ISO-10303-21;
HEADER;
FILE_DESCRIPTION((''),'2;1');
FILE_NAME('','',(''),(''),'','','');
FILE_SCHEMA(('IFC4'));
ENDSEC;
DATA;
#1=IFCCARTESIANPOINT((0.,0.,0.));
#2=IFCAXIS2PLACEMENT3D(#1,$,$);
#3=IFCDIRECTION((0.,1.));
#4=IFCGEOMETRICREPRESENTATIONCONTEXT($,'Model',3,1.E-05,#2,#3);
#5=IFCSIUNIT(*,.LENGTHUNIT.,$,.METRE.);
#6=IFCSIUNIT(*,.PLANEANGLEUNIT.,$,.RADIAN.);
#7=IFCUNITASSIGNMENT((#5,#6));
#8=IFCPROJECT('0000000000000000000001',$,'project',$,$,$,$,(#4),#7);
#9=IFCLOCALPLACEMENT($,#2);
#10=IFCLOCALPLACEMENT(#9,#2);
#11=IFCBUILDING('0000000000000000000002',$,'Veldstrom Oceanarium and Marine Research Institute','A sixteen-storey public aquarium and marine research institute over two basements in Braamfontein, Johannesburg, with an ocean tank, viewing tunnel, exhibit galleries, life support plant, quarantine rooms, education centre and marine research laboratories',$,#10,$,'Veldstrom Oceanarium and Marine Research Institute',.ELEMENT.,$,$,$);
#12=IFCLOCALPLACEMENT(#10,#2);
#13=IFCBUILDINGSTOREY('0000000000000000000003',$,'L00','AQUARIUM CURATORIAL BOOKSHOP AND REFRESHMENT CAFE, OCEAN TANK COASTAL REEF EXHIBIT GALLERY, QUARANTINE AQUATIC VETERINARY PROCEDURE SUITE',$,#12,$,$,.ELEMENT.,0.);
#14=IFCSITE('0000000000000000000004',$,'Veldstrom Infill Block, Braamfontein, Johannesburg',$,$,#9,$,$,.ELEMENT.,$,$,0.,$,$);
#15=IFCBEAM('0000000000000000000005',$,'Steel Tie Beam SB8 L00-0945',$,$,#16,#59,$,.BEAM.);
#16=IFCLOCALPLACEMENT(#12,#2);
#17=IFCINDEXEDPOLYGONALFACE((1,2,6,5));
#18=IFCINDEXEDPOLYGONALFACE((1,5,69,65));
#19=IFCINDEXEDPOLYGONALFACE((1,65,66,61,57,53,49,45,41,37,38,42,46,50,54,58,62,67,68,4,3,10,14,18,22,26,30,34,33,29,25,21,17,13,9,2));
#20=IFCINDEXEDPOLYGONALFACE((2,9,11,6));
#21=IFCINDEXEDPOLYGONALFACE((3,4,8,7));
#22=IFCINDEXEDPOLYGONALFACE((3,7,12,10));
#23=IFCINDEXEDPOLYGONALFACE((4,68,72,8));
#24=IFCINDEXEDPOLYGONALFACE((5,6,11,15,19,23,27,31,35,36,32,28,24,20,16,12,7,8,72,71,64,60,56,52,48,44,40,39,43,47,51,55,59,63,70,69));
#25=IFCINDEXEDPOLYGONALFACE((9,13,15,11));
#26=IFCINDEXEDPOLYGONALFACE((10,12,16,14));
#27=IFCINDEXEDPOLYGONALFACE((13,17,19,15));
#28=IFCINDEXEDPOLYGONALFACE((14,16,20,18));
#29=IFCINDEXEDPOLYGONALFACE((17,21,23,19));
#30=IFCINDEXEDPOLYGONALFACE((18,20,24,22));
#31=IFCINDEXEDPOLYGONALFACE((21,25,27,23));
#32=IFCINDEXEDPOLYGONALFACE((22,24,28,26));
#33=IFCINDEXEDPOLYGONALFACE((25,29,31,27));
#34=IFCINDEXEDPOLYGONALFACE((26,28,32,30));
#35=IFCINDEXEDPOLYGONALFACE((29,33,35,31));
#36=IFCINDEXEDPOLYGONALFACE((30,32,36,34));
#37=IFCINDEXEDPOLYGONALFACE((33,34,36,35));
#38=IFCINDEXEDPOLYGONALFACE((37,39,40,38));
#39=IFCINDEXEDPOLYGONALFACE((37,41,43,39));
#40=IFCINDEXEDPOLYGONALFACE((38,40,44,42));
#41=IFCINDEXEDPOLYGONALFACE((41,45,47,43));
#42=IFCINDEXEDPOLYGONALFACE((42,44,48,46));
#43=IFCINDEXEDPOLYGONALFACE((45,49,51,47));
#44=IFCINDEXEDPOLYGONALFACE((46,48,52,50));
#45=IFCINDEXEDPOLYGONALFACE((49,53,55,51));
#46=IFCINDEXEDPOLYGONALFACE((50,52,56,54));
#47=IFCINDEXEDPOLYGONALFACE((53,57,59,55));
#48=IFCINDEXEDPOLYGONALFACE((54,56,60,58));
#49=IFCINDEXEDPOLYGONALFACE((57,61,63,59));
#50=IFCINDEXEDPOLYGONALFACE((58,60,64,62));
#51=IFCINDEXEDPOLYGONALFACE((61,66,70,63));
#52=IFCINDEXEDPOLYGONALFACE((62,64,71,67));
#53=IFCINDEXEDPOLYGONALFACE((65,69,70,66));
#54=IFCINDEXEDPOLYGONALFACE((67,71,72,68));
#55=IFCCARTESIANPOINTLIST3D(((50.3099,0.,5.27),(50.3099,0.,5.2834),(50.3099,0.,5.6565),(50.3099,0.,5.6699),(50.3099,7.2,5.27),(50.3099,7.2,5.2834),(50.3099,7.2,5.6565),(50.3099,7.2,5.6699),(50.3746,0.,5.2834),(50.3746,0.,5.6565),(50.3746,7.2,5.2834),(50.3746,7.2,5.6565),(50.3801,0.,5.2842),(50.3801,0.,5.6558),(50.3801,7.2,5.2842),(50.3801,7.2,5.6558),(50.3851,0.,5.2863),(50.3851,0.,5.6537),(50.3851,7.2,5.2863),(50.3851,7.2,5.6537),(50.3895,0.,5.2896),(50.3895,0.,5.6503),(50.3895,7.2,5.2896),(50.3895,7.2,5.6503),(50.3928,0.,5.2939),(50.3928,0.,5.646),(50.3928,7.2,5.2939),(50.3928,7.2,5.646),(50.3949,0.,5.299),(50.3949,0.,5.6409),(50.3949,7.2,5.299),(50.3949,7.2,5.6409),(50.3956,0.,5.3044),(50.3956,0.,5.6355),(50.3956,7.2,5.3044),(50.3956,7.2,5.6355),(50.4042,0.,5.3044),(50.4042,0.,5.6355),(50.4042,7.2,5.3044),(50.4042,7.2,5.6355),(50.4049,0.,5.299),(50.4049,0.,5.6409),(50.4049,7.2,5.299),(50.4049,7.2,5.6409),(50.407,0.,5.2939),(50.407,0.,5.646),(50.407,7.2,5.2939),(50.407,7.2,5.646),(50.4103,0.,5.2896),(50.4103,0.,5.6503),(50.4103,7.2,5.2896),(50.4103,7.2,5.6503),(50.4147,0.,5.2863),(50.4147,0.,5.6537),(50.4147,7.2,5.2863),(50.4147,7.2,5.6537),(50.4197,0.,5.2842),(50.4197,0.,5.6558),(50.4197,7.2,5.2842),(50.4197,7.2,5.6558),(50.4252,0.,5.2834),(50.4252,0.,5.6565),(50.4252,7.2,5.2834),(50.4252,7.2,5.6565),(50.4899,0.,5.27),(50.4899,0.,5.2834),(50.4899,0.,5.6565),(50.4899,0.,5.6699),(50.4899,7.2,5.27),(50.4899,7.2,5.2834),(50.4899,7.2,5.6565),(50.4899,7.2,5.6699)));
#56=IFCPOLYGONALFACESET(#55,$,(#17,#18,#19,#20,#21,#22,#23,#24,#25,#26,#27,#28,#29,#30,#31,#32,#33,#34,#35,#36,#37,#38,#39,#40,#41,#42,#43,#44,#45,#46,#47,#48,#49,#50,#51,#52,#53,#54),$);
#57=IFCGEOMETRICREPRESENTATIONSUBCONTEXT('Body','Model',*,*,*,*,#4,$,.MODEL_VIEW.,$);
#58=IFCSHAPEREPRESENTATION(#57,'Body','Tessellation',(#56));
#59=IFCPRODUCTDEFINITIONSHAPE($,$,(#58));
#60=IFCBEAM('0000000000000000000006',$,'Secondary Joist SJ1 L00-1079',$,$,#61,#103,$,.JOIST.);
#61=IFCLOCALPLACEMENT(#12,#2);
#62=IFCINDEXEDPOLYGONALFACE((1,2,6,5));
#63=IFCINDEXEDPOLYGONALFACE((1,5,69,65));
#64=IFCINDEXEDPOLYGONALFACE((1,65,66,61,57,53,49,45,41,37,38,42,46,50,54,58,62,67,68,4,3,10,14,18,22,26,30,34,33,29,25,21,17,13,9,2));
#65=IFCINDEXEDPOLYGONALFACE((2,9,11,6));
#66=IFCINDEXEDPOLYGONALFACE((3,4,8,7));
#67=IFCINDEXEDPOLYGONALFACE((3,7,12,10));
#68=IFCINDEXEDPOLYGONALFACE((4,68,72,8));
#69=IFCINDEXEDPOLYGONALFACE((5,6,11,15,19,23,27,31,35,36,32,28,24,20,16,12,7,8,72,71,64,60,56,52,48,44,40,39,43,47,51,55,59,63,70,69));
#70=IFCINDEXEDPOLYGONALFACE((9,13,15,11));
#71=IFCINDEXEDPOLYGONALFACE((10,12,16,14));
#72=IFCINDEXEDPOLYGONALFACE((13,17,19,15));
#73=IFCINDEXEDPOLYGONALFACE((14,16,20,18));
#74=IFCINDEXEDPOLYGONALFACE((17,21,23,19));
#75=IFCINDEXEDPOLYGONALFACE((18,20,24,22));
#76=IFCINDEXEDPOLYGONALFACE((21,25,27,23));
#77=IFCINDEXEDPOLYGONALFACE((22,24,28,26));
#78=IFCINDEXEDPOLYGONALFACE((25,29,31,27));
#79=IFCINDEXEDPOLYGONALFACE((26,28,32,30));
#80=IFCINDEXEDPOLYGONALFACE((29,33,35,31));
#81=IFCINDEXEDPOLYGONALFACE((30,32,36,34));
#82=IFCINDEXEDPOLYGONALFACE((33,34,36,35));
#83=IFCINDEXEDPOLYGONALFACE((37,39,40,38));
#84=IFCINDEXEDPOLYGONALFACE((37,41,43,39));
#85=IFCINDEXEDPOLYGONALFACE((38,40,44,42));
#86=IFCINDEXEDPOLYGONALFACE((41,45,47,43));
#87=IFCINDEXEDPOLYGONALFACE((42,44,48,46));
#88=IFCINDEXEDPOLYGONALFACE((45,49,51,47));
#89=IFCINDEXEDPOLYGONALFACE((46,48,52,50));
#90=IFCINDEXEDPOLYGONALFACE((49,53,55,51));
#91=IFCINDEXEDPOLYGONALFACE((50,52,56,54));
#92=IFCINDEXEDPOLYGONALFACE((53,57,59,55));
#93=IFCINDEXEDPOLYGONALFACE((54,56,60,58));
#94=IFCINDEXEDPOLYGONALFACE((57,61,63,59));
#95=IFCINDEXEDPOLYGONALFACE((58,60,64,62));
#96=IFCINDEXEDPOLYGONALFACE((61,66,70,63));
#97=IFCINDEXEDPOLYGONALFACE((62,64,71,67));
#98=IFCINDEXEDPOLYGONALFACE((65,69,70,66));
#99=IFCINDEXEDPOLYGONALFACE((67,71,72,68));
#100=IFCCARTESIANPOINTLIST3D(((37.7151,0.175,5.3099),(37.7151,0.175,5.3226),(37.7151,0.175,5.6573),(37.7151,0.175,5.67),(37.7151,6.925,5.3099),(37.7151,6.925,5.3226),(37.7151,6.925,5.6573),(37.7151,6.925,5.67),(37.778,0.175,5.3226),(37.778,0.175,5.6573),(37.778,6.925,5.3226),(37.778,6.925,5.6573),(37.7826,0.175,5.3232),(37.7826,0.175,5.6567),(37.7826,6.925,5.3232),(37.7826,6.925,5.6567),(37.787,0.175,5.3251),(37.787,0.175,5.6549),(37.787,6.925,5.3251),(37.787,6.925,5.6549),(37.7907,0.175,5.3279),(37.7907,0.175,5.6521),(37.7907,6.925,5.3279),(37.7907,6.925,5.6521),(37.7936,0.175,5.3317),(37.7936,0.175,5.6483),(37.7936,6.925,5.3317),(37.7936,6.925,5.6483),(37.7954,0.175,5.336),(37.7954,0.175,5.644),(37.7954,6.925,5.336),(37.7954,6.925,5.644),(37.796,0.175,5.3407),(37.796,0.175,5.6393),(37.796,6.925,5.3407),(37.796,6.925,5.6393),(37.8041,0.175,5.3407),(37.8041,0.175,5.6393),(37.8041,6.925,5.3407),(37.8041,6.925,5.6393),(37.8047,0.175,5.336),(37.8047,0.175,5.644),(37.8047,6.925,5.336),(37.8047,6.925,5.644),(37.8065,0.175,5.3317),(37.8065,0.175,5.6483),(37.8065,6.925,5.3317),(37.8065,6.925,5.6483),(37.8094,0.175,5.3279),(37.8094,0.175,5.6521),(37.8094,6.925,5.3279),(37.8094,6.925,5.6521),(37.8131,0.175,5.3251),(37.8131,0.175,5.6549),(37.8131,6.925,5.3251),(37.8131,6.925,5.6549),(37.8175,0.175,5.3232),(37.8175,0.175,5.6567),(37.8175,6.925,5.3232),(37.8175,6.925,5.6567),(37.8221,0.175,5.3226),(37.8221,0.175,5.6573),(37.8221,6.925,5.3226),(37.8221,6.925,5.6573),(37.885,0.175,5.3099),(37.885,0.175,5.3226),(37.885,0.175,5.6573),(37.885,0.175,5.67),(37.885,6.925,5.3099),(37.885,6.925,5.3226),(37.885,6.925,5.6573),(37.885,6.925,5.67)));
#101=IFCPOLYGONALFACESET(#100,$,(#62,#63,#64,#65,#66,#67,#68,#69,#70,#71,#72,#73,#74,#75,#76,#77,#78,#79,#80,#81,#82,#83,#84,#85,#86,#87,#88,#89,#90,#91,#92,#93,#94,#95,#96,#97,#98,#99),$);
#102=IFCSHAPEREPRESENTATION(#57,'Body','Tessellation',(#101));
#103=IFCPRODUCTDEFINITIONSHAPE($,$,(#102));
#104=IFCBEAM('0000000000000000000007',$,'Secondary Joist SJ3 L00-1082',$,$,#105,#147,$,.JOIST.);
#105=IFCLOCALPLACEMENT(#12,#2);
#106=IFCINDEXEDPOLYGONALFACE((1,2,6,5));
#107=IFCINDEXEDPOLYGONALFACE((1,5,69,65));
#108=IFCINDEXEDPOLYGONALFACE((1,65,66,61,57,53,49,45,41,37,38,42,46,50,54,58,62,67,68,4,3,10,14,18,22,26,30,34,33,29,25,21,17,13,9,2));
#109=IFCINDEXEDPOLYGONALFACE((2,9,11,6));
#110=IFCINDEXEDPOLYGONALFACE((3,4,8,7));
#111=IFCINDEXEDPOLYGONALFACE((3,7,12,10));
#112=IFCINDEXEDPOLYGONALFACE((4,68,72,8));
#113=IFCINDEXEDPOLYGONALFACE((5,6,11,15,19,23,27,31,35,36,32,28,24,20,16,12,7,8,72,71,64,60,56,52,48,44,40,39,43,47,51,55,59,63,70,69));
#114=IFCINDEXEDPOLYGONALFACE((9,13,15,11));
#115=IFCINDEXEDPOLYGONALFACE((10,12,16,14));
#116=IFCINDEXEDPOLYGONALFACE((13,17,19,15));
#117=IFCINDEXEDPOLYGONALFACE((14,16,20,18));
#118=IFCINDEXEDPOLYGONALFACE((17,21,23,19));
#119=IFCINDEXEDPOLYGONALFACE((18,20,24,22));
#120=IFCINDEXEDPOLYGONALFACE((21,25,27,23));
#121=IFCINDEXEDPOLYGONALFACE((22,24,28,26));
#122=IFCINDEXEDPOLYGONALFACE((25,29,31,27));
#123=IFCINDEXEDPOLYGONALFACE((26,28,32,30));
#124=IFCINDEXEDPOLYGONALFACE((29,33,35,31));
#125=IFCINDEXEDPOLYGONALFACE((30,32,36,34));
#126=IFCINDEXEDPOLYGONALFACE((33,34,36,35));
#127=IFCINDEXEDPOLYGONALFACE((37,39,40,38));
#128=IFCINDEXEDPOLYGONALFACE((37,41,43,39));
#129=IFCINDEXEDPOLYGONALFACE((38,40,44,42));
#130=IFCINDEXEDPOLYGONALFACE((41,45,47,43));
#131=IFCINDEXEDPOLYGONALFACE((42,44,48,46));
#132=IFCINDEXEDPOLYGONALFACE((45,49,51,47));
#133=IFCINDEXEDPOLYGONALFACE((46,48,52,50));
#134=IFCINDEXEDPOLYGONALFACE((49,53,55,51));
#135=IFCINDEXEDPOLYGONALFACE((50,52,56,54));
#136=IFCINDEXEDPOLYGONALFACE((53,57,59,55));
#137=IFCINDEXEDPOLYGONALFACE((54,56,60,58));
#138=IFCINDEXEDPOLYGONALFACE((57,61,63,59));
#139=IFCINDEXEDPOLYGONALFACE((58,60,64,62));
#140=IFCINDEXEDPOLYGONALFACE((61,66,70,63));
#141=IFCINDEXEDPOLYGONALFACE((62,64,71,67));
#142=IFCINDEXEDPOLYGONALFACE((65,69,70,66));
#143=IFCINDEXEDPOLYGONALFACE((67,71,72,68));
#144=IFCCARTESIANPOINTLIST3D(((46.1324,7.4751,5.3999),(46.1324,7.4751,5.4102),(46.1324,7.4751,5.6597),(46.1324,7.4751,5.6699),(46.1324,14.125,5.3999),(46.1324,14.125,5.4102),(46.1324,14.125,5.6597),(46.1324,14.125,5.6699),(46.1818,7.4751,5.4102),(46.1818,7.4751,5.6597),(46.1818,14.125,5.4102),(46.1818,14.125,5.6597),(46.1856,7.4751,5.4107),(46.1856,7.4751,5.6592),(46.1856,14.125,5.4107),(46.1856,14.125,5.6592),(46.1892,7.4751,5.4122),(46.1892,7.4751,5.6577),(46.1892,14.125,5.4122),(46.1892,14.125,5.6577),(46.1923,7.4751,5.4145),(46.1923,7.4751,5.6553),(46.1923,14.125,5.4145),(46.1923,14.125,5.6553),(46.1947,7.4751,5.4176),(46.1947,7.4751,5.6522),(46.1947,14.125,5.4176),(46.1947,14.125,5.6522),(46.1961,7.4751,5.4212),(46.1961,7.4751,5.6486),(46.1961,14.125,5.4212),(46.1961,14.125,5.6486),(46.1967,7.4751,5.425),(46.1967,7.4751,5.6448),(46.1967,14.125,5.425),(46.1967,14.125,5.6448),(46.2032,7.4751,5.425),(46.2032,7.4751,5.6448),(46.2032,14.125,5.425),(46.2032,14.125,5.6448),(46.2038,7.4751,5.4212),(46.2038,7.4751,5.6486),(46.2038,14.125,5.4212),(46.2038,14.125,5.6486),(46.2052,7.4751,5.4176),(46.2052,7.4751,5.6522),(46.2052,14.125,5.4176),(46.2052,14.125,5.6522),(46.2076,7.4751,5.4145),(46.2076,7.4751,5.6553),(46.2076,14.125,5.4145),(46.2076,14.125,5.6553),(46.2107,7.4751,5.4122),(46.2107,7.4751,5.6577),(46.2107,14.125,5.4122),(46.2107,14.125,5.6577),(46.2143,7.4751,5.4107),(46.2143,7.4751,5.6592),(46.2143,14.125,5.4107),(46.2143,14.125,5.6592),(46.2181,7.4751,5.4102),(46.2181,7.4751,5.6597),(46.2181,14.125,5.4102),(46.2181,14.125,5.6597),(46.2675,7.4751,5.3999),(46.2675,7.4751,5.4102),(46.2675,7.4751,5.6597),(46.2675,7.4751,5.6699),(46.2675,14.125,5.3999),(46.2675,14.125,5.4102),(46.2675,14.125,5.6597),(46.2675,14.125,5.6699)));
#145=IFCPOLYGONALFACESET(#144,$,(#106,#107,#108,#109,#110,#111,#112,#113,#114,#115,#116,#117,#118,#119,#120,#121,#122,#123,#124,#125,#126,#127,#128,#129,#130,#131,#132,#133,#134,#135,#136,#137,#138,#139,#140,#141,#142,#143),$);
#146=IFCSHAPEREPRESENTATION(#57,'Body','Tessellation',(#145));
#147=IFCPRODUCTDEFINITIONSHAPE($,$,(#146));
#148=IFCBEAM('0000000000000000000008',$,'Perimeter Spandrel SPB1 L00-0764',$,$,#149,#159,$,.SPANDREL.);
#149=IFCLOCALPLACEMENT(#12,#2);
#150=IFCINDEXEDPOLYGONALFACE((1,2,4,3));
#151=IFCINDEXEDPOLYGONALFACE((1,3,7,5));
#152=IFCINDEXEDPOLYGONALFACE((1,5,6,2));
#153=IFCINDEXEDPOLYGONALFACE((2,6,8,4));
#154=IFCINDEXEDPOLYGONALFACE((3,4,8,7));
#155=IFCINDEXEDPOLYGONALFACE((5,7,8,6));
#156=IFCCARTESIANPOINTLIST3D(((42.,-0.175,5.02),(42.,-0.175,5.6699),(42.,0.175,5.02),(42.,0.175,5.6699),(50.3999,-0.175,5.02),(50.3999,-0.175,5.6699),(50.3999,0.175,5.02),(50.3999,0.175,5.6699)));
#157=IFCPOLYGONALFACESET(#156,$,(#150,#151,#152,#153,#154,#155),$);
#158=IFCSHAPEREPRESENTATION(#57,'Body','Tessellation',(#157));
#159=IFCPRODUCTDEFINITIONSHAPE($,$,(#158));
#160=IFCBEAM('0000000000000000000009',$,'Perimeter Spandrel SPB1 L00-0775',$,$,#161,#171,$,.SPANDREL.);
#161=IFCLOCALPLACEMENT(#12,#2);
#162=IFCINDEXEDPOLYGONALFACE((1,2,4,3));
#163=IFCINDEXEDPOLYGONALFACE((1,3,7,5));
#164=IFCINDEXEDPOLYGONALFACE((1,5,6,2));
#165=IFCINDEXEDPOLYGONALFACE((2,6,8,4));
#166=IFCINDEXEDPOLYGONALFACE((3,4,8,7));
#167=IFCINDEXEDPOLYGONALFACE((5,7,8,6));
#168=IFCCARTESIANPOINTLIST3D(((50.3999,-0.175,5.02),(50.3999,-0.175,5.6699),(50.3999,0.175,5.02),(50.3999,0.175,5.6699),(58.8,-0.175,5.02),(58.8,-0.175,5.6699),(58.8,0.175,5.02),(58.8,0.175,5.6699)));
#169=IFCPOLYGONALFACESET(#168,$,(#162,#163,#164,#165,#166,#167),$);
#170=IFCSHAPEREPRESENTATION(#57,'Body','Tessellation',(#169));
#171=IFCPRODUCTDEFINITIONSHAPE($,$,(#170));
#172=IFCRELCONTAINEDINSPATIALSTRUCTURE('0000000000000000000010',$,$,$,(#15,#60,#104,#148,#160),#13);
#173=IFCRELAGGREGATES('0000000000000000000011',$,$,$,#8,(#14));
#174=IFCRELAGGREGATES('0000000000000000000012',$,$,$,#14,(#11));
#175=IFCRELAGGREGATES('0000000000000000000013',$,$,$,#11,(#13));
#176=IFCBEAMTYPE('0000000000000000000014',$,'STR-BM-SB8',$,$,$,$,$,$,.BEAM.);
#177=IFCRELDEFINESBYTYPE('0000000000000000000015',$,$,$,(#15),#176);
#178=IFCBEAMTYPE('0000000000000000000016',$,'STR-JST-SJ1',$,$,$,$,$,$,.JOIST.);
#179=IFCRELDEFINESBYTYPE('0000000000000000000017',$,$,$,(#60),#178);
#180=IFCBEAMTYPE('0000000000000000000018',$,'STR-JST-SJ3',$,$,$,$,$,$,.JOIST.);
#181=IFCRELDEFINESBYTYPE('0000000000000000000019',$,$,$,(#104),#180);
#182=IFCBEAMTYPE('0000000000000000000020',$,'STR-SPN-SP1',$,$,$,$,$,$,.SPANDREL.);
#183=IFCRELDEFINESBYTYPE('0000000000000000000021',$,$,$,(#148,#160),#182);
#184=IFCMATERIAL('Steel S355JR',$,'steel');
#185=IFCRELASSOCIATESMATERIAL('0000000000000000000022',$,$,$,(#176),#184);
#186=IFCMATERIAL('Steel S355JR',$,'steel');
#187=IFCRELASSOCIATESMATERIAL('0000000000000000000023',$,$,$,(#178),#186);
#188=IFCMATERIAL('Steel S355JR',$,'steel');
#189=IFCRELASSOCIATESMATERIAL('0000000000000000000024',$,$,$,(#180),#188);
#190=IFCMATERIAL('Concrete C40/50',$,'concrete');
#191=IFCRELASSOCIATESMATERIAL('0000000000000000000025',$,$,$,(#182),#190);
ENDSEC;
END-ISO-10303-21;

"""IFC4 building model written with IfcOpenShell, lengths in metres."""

from ifc_helpers import new_model, si_unit, direction, frame, origin, origin_2d, place, context, subcontext, project, spatial, rectangle, i_section, extrude, material, material_profile, profile_set, type_object, element, save


model = new_model("IFC4")

# Units and contexts
model_context = context("Model", 3, precision=1e-05, world=origin(), true_north=direction((0.0, 1.0)))
body_context = subcontext(model_context, "Body", "Model", "MODEL_VIEW")
ifc_project = project(units=[si_unit("LENGTHUNIT", "METRE"), si_unit("PLANEANGLEUNIT", "RADIAN")], contexts=[model_context])

# Site, building, storey
site_placement = place(None, origin())
site = spatial("IfcSite", under=ifc_project, at=site_placement, Name="Veldstrom Infill Block, Braamfontein, Johannesburg", CompositionType="ELEMENT", RefElevation=0.0)
building_placement = place(site_placement, origin())
building = spatial("IfcBuilding", under=site, at=building_placement, Name="Veldstrom Oceanarium and Marine Research Institute", Description="A sixteen-storey public aquarium and marine research institute over two basements in Braamfontein, Johannesburg, with an ocean tank, viewing tunnel, exhibit galleries, life support plant, quarantine rooms, education centre and marine research laboratories", LongName="Veldstrom Oceanarium and Marine Research Institute", CompositionType="ELEMENT")
storey_placement = place(building_placement, origin())
storey = spatial("IfcBuildingStorey", under=building, at=storey_placement, Name="L00", Description="AQUARIUM CURATORIAL BOOKSHOP AND REFRESHMENT CAFE, OCEAN TANK COASTAL REEF EXHIBIT GALLERY, QUARANTINE AQUATIC VETERINARY PROCEDURE SUITE", CompositionType="ELEMENT", Elevation=0.0)

# Beams
ifc_material_1 = material(Name="Steel S355JR", Category="steel")
ifc_material_profile_1 = material_profile(ifc_material_1, i_section(OverallWidth=0.1799, OverallDepth=0.3999, WebThickness=0.0085, FlangeThickness=0.0134, FilletRadius=0.021, at=origin_2d()), Name="IPE 400")
ifc_profile_set_1 = profile_set([ifc_material_profile_1], Name="Steel S355JR")
beam_type_1 = type_object("IfcBeamType", Name="STR-BM-SB8", PredefinedType="BEAM", material=ifc_profile_set_1)
for number, where, z_axis, x_axis, name in (
    (1, (50.3999, 0.0, 5.47), (0.0, 1.0, 0.0), (-1.0, 0.0, 0.0), "Steel Tie Beam SB8 L00-0945"),
):
    element("IfcBeam", number, at=place(storey_placement, frame(where, z_axis=z_axis, x_axis=x_axis)), inside=storey, type_object=beam_type_1, Name=name, PredefinedType="BEAM", context=body_context, shape_type="SweptSolid", body=[
        extrude(i_section(OverallWidth=0.1799, OverallDepth=0.3999, WebThickness=0.0085, FlangeThickness=0.0134, FilletRadius=0.021, at=origin_2d()), origin(), (0.0, 0.0, 1.0), 7.2),
    ])
ifc_material_2 = material(Name="Steel S355JR", Category="steel")
ifc_material_profile_2 = material_profile(ifc_material_2, i_section(OverallWidth=0.1699, OverallDepth=0.3601, WebThickness=0.0081, FlangeThickness=0.0127, FilletRadius=0.0181, at=origin_2d()), Name="IPE 360")
ifc_profile_set_2 = profile_set([ifc_material_profile_2], Name="Steel S355JR")
beam_type_2 = type_object("IfcBeamType", Name="STR-JST-SJ1", PredefinedType="JOIST", material=ifc_profile_set_2)
beam_1_placement = place(storey_placement, frame((37.8, 0.175, 5.49), z_axis=(0.0, 1.0, 0.0), x_axis=(-1.0, 0.0, 0.0)))
element("IfcBeam", 2, at=beam_1_placement, inside=storey, type_object=beam_type_2, Name="Secondary Joist SJ1 L00-1079", PredefinedType="JOIST", context=body_context, shape_type="SweptSolid", body=[
    extrude(i_section(OverallWidth=0.1699, OverallDepth=0.3601, WebThickness=0.0081, FlangeThickness=0.0127, FilletRadius=0.0181, at=origin_2d()), origin(), (0.0, 0.0, 1.0), 6.75),
])
ifc_material_3 = material(Name="Steel S355JR", Category="steel")
ifc_material_profile_3 = material_profile(ifc_material_3, i_section(OverallWidth=0.135, OverallDepth=0.27, WebThickness=0.0066, FlangeThickness=0.0103, FilletRadius=0.0149, at=origin_2d()), Name="IPE 270")
ifc_profile_set_3 = profile_set([ifc_material_profile_3], Name="Steel S355JR")
beam_type_3 = type_object("IfcBeamType", Name="STR-JST-SJ3", PredefinedType="JOIST", material=ifc_profile_set_3)
beam_2_placement = place(storey_placement, frame((46.2, 7.4751, 5.5349), z_axis=(0.0, 1.0, 0.0), x_axis=(-1.0, 0.0, 0.0)))
element("IfcBeam", 3, at=beam_2_placement, inside=storey, type_object=beam_type_3, Name="Secondary Joist SJ3 L00-1082", PredefinedType="JOIST", context=body_context, shape_type="SweptSolid", body=[
    extrude(i_section(OverallWidth=0.135, OverallDepth=0.27, WebThickness=0.0066, FlangeThickness=0.0103, FilletRadius=0.0149, at=origin_2d()), origin(), (0.0, 0.0, 1.0), 6.6499),
])
ifc_material_4 = material(Name="Concrete C40/50", Category="concrete")
ifc_material_profile_4 = material_profile(ifc_material_4, rectangle(XDim=0.3501, YDim=0.6499, at=origin_2d()), Name="RC-SPN-350x650")
ifc_profile_set_4 = profile_set([ifc_material_profile_4], Name="Concrete C40/50")
beam_type_4 = type_object("IfcBeamType", Name="STR-SPN-SP1", PredefinedType="SPANDREL", material=ifc_profile_set_4)
beam_3_placement = place(storey_placement, frame((42.0, 0.0, 5.345), z_axis=(1.0, 0.0, 0.0), x_axis=(0.0, 1.0, 0.0)))
element("IfcBeam", 4, at=beam_3_placement, inside=storey, type_object=beam_type_4, Name="Perimeter Spandrel SPB1 L00-0764", PredefinedType="SPANDREL", context=body_context, shape_type="SweptSolid", body=[
    extrude(rectangle(XDim=0.3501, YDim=0.6499, at=origin_2d()), origin(), (0.0, 0.0, 1.0), 8.3999),
])
beam_4_placement = place(storey_placement, frame((50.3999, 0.0, 5.345), z_axis=(1.0, 0.0, 0.0), x_axis=(0.0, 1.0, 0.0)))
element("IfcBeam", 5, at=beam_4_placement, inside=storey, type_object=beam_type_4, Name="Perimeter Spandrel SPB1 L00-0775", PredefinedType="SPANDREL", context=body_context, shape_type="SweptSolid", body=[
    extrude(rectangle(XDim=0.3501, YDim=0.6499, at=origin_2d()), origin(), (0.0, 0.0, 1.0), 8.4001),
])

save(model, "model.ifc")
